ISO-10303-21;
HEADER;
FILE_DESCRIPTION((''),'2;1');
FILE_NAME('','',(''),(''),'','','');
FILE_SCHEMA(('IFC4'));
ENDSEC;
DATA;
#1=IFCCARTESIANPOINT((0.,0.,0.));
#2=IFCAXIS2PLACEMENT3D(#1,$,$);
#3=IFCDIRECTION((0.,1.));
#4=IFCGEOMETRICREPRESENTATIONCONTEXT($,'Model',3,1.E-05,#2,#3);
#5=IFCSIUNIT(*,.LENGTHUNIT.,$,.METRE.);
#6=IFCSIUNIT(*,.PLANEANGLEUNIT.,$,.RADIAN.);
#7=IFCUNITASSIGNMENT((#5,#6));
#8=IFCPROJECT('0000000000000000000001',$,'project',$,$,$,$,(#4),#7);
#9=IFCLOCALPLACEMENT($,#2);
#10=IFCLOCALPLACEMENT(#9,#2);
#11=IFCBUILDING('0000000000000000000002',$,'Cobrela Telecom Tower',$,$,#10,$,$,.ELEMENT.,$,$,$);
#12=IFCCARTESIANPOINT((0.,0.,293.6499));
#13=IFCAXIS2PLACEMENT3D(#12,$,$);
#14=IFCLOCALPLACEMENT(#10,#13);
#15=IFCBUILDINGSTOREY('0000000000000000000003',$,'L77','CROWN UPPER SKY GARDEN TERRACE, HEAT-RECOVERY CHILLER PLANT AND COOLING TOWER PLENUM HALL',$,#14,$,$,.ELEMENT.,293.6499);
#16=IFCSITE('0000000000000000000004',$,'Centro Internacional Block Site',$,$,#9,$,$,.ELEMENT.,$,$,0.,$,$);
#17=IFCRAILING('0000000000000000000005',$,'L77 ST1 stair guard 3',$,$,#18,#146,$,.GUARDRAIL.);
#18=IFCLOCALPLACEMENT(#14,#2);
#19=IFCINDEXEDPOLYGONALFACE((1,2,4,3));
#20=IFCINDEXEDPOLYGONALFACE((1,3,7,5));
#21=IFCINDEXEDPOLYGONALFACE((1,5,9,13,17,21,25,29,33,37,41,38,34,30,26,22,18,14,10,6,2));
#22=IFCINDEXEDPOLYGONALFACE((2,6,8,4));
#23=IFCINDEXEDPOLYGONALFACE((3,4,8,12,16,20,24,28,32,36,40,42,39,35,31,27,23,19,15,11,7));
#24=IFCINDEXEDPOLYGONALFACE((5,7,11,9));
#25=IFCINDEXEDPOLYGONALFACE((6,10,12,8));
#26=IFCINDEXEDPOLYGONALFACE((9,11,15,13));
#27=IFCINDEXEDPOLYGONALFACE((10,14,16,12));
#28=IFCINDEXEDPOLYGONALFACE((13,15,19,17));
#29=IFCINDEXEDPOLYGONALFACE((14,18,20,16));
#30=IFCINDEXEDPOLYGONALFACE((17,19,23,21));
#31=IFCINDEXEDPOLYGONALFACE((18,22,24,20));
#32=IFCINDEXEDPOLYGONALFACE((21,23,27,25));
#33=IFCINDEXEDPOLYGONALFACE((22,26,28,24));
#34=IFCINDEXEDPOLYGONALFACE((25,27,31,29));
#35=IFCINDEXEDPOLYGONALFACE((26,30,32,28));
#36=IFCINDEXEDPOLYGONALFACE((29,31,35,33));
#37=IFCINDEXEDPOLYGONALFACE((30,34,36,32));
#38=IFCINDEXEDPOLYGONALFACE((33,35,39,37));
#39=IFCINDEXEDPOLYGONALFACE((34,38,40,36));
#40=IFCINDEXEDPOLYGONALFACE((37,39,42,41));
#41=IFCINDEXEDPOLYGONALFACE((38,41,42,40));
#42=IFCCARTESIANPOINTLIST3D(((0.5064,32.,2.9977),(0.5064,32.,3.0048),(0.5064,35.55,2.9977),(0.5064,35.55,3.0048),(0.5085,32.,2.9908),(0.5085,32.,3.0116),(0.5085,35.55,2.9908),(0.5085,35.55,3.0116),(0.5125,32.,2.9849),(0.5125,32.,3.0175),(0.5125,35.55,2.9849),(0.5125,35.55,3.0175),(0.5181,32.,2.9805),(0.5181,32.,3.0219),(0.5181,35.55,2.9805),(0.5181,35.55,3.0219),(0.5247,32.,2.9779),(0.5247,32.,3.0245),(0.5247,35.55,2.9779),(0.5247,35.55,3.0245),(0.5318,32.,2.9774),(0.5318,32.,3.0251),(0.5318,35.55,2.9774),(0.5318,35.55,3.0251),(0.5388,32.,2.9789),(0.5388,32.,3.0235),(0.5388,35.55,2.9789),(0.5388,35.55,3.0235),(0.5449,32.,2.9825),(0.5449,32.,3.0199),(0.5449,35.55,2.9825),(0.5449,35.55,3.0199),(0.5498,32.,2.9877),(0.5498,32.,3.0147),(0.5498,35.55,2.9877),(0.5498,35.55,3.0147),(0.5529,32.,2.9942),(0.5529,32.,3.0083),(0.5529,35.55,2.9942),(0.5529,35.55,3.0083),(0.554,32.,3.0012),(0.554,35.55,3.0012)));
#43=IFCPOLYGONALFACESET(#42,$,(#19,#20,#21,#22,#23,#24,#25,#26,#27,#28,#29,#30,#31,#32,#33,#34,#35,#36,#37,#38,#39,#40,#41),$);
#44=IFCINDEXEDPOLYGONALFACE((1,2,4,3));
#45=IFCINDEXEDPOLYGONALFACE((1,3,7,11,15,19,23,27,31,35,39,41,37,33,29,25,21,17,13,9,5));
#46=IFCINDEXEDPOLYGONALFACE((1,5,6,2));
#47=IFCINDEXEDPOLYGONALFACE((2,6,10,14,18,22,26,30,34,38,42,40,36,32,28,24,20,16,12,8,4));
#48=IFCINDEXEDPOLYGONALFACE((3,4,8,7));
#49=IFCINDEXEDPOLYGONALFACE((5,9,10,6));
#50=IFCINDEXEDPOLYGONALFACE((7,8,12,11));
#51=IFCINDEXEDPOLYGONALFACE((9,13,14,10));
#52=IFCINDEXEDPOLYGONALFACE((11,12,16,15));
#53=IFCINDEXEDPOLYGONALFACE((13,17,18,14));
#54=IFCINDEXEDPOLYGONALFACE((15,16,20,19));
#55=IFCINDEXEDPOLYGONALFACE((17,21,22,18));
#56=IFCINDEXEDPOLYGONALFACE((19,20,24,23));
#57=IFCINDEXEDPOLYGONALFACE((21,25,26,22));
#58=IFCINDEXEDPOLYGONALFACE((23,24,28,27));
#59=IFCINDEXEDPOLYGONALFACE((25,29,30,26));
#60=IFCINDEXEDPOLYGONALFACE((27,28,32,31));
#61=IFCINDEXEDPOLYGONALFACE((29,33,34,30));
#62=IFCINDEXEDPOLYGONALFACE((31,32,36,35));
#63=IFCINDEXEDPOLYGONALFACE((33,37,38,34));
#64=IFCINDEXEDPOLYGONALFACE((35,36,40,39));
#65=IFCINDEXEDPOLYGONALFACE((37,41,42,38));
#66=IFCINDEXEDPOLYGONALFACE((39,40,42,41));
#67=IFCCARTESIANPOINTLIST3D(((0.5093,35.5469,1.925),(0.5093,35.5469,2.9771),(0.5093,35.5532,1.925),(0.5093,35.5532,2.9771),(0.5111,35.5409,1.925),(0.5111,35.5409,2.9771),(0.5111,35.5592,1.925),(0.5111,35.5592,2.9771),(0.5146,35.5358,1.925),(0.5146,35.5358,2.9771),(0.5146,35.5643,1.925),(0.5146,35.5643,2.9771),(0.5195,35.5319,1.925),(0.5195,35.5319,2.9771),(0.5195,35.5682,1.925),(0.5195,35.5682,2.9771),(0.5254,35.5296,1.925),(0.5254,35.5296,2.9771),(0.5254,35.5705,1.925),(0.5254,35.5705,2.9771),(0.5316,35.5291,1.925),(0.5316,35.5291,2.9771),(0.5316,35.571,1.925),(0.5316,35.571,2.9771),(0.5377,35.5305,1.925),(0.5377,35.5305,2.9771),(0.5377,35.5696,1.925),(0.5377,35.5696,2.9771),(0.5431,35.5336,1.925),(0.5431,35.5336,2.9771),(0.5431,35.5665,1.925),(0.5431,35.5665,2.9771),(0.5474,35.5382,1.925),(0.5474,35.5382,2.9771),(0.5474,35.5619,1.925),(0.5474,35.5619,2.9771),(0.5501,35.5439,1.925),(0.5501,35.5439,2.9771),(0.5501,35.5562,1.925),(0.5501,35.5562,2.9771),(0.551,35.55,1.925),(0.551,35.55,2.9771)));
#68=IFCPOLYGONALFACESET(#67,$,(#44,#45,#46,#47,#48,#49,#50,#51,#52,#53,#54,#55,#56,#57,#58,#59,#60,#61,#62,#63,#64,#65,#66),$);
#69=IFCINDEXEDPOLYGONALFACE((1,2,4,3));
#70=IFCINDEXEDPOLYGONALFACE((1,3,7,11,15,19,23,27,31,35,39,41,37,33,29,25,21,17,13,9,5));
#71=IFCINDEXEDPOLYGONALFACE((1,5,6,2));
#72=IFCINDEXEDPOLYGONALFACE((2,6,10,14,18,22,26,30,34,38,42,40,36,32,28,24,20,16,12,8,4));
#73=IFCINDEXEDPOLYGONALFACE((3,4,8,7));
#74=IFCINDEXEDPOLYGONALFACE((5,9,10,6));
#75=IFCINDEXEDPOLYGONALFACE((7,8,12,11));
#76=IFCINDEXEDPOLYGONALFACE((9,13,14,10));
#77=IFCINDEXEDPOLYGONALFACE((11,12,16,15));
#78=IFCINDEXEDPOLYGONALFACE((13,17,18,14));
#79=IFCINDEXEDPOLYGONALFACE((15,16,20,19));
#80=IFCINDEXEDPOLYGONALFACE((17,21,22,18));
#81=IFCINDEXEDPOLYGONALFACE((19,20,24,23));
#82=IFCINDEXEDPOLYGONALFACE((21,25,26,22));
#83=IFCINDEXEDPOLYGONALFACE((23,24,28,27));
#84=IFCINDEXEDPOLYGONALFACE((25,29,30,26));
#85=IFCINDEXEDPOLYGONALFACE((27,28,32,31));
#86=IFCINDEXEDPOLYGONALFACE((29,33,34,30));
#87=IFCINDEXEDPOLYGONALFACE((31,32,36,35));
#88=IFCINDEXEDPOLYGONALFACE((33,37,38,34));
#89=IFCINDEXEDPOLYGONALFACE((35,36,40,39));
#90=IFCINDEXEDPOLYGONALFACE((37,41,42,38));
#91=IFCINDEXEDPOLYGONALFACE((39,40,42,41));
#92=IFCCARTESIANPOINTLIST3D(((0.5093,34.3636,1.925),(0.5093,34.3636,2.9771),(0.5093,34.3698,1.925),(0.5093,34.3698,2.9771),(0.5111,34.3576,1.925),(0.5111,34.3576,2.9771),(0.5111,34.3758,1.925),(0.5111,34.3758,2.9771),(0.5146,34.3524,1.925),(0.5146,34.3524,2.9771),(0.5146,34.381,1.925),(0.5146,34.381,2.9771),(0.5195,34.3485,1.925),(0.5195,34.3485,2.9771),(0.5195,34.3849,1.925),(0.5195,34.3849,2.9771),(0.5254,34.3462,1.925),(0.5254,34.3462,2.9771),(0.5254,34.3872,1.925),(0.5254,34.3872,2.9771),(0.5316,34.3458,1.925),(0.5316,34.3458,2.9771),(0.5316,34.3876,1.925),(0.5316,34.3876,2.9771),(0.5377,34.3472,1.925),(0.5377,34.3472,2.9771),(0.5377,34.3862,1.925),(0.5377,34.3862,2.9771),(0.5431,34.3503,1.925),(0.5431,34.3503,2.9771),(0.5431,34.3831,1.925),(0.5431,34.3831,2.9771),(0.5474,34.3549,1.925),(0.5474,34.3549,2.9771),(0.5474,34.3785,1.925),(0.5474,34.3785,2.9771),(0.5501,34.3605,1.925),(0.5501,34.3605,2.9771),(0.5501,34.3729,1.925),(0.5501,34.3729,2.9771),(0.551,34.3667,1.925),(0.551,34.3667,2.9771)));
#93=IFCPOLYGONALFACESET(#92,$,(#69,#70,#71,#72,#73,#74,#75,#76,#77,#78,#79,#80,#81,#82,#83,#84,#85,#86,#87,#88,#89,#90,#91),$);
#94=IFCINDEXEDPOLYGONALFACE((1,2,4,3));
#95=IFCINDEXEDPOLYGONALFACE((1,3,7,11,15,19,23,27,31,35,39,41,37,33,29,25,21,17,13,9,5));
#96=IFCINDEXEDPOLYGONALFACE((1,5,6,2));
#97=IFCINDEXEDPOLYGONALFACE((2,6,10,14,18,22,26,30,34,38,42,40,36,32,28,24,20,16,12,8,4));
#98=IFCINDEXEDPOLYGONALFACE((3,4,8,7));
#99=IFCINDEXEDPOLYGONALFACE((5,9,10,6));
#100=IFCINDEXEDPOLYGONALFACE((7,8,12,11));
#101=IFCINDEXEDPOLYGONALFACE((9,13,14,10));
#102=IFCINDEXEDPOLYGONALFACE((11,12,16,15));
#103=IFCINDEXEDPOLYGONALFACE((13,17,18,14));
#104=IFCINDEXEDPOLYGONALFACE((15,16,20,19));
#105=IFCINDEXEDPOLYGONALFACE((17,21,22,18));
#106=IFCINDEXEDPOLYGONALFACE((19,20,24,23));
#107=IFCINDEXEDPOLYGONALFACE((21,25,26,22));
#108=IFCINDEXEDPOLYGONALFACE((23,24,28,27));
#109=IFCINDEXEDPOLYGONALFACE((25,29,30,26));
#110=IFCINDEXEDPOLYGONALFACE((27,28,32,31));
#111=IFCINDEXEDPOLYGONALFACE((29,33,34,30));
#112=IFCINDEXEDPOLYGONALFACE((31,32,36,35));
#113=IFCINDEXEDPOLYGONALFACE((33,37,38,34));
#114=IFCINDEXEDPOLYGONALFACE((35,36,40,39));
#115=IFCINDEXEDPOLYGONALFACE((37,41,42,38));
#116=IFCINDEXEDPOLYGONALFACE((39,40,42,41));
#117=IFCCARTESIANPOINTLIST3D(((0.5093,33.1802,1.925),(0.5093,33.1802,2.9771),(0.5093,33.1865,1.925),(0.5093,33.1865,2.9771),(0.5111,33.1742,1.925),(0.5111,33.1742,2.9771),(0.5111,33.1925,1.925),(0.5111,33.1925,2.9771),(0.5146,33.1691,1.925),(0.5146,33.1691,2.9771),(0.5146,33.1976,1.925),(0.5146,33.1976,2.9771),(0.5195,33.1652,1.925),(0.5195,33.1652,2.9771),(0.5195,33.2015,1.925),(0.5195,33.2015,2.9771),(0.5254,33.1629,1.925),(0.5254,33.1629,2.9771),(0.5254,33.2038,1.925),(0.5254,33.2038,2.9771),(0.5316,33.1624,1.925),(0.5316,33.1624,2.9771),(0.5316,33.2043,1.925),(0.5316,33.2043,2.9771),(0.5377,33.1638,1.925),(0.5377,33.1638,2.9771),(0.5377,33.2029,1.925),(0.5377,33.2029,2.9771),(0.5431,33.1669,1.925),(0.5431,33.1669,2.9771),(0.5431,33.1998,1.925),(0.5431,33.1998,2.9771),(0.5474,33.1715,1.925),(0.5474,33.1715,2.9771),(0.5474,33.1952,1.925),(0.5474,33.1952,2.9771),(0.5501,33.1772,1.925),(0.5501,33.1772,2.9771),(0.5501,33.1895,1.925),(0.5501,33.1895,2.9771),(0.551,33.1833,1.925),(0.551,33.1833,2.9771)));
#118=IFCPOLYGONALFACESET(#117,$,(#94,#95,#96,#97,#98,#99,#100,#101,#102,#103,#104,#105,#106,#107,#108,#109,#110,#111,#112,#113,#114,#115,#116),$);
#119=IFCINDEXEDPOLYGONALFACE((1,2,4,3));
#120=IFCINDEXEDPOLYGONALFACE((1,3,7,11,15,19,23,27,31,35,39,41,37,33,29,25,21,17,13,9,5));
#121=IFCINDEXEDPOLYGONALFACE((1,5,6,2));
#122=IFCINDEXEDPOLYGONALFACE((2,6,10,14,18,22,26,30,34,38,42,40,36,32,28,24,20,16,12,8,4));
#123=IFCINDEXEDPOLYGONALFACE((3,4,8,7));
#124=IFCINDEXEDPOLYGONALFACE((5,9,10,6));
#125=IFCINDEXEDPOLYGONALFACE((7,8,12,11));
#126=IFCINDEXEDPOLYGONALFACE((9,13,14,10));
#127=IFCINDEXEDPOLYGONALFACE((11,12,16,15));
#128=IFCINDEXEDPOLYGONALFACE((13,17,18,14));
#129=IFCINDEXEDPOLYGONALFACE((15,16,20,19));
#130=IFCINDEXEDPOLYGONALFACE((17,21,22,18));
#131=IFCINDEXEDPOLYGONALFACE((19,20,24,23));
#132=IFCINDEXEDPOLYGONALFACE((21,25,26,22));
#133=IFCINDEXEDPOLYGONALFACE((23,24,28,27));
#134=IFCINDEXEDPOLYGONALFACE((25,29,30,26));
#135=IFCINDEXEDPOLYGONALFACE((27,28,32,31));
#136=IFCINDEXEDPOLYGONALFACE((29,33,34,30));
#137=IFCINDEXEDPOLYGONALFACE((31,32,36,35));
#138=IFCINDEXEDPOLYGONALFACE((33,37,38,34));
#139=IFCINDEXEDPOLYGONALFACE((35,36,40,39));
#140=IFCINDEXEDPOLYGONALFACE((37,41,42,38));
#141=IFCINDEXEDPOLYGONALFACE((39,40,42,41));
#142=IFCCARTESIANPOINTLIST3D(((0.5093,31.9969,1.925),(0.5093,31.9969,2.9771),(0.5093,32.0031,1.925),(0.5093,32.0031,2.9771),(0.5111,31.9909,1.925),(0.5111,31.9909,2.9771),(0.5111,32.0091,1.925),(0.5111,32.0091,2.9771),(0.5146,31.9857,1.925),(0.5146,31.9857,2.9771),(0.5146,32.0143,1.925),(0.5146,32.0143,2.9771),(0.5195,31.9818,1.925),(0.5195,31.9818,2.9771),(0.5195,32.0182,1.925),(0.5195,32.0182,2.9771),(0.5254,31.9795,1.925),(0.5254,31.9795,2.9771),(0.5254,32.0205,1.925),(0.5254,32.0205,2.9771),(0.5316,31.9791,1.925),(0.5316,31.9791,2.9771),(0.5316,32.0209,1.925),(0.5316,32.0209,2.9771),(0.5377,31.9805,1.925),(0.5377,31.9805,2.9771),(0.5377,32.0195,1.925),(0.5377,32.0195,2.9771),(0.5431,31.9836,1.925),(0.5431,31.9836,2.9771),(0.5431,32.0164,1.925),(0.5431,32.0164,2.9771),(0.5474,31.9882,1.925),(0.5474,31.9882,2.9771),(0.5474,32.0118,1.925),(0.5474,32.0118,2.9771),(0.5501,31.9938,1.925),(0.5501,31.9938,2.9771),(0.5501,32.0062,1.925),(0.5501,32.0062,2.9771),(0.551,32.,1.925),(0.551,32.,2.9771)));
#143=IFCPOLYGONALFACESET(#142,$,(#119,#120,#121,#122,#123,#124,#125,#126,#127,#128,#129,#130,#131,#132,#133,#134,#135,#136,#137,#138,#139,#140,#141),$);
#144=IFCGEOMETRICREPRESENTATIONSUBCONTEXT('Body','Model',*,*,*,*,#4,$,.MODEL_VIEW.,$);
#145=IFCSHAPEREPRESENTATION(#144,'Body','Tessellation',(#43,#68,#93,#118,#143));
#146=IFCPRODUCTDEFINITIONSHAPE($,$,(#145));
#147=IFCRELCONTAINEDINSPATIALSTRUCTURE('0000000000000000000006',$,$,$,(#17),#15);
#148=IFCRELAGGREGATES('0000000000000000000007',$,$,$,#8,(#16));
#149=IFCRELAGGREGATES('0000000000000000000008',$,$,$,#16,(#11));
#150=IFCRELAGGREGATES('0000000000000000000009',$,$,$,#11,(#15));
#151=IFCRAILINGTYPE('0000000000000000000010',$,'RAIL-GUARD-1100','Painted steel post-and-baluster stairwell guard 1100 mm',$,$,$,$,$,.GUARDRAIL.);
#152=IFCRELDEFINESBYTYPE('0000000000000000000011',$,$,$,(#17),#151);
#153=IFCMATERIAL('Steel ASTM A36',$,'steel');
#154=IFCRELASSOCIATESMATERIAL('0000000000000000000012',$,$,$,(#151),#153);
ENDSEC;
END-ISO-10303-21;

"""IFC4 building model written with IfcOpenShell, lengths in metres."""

from ifc_helpers import new_model, si_unit, direction, frame, origin, origin_2d, place, context, subcontext, project, spatial, circle, extrude, material, type_object, element, save


model = new_model("IFC4")

# Units and contexts
model_context = context("Model", 3, precision=1e-05, world=origin(), true_north=direction((0.0, 1.0)))
body_context = subcontext(model_context, "Body", "Model", "MODEL_VIEW")
ifc_project = project(units=[si_unit("LENGTHUNIT", "METRE"), si_unit("PLANEANGLEUNIT", "RADIAN")], contexts=[model_context])

# Site, building, storey
site_placement = place(None, origin())
site = spatial("IfcSite", under=ifc_project, at=site_placement, Name="Centro Internacional Block Site", CompositionType="ELEMENT", RefElevation=0.0)
building_placement = place(site_placement, origin())
building = spatial("IfcBuilding", under=site, at=building_placement, Name="Cobrela Telecom Tower", CompositionType="ELEMENT")
storey_placement = place(building_placement, frame((0.0, 0.0, 293.6499)))
storey = spatial("IfcBuildingStorey", under=building, at=storey_placement, Name="L77", Description="CROWN UPPER SKY GARDEN TERRACE, HEAT-RECOVERY CHILLER PLANT AND COOLING TOWER PLENUM HALL", CompositionType="ELEMENT", Elevation=293.6499)

# Shared definitions
ifc_material_1 = material(Name="Steel ASTM A36", Category="steel")

# Railing
railing_type_1 = type_object("IfcRailingType", Name="RAIL-GUARD-1100", Description="Painted steel post-and-baluster stairwell guard 1100 mm", PredefinedType="GUARDRAIL", material=ifc_material_1)
railing_1_placement = place(storey_placement, frame((0.53, 35.55, 1.925)))
element("IfcRailing", 1, at=railing_1_placement, inside=storey, type_object=railing_type_1, Name="L77 ST1 stair guard 3", PredefinedType="GUARDRAIL", context=body_context, shape_type="SweptSolid", body=[
    extrude(circle(Radius=0.0239, at=origin_2d()), frame((0.0, 0.0, 1.0762), z_axis=(0.0, -1.0, 0.0), x_axis=(1.0, 0.0, 0.0)), (0.0, 0.0, 1.0), 3.55),
    extrude(circle(Radius=0.021, at=origin_2d()), origin(), (0.0, 0.0, 1.0), 1.052),
    extrude(circle(Radius=0.021, at=origin_2d()), frame((0.0, -1.1833, 0.0)), (0.0, 0.0, 1.0), 1.052),
    extrude(circle(Radius=0.021, at=origin_2d()), frame((0.0, -2.3667, 0.0)), (0.0, 0.0, 1.0), 1.052),
    extrude(circle(Radius=0.021, at=origin_2d()), frame((0.0, -3.55, 0.0)), (0.0, 0.0, 1.0), 1.052),
])

save(model, "model.ifc")
